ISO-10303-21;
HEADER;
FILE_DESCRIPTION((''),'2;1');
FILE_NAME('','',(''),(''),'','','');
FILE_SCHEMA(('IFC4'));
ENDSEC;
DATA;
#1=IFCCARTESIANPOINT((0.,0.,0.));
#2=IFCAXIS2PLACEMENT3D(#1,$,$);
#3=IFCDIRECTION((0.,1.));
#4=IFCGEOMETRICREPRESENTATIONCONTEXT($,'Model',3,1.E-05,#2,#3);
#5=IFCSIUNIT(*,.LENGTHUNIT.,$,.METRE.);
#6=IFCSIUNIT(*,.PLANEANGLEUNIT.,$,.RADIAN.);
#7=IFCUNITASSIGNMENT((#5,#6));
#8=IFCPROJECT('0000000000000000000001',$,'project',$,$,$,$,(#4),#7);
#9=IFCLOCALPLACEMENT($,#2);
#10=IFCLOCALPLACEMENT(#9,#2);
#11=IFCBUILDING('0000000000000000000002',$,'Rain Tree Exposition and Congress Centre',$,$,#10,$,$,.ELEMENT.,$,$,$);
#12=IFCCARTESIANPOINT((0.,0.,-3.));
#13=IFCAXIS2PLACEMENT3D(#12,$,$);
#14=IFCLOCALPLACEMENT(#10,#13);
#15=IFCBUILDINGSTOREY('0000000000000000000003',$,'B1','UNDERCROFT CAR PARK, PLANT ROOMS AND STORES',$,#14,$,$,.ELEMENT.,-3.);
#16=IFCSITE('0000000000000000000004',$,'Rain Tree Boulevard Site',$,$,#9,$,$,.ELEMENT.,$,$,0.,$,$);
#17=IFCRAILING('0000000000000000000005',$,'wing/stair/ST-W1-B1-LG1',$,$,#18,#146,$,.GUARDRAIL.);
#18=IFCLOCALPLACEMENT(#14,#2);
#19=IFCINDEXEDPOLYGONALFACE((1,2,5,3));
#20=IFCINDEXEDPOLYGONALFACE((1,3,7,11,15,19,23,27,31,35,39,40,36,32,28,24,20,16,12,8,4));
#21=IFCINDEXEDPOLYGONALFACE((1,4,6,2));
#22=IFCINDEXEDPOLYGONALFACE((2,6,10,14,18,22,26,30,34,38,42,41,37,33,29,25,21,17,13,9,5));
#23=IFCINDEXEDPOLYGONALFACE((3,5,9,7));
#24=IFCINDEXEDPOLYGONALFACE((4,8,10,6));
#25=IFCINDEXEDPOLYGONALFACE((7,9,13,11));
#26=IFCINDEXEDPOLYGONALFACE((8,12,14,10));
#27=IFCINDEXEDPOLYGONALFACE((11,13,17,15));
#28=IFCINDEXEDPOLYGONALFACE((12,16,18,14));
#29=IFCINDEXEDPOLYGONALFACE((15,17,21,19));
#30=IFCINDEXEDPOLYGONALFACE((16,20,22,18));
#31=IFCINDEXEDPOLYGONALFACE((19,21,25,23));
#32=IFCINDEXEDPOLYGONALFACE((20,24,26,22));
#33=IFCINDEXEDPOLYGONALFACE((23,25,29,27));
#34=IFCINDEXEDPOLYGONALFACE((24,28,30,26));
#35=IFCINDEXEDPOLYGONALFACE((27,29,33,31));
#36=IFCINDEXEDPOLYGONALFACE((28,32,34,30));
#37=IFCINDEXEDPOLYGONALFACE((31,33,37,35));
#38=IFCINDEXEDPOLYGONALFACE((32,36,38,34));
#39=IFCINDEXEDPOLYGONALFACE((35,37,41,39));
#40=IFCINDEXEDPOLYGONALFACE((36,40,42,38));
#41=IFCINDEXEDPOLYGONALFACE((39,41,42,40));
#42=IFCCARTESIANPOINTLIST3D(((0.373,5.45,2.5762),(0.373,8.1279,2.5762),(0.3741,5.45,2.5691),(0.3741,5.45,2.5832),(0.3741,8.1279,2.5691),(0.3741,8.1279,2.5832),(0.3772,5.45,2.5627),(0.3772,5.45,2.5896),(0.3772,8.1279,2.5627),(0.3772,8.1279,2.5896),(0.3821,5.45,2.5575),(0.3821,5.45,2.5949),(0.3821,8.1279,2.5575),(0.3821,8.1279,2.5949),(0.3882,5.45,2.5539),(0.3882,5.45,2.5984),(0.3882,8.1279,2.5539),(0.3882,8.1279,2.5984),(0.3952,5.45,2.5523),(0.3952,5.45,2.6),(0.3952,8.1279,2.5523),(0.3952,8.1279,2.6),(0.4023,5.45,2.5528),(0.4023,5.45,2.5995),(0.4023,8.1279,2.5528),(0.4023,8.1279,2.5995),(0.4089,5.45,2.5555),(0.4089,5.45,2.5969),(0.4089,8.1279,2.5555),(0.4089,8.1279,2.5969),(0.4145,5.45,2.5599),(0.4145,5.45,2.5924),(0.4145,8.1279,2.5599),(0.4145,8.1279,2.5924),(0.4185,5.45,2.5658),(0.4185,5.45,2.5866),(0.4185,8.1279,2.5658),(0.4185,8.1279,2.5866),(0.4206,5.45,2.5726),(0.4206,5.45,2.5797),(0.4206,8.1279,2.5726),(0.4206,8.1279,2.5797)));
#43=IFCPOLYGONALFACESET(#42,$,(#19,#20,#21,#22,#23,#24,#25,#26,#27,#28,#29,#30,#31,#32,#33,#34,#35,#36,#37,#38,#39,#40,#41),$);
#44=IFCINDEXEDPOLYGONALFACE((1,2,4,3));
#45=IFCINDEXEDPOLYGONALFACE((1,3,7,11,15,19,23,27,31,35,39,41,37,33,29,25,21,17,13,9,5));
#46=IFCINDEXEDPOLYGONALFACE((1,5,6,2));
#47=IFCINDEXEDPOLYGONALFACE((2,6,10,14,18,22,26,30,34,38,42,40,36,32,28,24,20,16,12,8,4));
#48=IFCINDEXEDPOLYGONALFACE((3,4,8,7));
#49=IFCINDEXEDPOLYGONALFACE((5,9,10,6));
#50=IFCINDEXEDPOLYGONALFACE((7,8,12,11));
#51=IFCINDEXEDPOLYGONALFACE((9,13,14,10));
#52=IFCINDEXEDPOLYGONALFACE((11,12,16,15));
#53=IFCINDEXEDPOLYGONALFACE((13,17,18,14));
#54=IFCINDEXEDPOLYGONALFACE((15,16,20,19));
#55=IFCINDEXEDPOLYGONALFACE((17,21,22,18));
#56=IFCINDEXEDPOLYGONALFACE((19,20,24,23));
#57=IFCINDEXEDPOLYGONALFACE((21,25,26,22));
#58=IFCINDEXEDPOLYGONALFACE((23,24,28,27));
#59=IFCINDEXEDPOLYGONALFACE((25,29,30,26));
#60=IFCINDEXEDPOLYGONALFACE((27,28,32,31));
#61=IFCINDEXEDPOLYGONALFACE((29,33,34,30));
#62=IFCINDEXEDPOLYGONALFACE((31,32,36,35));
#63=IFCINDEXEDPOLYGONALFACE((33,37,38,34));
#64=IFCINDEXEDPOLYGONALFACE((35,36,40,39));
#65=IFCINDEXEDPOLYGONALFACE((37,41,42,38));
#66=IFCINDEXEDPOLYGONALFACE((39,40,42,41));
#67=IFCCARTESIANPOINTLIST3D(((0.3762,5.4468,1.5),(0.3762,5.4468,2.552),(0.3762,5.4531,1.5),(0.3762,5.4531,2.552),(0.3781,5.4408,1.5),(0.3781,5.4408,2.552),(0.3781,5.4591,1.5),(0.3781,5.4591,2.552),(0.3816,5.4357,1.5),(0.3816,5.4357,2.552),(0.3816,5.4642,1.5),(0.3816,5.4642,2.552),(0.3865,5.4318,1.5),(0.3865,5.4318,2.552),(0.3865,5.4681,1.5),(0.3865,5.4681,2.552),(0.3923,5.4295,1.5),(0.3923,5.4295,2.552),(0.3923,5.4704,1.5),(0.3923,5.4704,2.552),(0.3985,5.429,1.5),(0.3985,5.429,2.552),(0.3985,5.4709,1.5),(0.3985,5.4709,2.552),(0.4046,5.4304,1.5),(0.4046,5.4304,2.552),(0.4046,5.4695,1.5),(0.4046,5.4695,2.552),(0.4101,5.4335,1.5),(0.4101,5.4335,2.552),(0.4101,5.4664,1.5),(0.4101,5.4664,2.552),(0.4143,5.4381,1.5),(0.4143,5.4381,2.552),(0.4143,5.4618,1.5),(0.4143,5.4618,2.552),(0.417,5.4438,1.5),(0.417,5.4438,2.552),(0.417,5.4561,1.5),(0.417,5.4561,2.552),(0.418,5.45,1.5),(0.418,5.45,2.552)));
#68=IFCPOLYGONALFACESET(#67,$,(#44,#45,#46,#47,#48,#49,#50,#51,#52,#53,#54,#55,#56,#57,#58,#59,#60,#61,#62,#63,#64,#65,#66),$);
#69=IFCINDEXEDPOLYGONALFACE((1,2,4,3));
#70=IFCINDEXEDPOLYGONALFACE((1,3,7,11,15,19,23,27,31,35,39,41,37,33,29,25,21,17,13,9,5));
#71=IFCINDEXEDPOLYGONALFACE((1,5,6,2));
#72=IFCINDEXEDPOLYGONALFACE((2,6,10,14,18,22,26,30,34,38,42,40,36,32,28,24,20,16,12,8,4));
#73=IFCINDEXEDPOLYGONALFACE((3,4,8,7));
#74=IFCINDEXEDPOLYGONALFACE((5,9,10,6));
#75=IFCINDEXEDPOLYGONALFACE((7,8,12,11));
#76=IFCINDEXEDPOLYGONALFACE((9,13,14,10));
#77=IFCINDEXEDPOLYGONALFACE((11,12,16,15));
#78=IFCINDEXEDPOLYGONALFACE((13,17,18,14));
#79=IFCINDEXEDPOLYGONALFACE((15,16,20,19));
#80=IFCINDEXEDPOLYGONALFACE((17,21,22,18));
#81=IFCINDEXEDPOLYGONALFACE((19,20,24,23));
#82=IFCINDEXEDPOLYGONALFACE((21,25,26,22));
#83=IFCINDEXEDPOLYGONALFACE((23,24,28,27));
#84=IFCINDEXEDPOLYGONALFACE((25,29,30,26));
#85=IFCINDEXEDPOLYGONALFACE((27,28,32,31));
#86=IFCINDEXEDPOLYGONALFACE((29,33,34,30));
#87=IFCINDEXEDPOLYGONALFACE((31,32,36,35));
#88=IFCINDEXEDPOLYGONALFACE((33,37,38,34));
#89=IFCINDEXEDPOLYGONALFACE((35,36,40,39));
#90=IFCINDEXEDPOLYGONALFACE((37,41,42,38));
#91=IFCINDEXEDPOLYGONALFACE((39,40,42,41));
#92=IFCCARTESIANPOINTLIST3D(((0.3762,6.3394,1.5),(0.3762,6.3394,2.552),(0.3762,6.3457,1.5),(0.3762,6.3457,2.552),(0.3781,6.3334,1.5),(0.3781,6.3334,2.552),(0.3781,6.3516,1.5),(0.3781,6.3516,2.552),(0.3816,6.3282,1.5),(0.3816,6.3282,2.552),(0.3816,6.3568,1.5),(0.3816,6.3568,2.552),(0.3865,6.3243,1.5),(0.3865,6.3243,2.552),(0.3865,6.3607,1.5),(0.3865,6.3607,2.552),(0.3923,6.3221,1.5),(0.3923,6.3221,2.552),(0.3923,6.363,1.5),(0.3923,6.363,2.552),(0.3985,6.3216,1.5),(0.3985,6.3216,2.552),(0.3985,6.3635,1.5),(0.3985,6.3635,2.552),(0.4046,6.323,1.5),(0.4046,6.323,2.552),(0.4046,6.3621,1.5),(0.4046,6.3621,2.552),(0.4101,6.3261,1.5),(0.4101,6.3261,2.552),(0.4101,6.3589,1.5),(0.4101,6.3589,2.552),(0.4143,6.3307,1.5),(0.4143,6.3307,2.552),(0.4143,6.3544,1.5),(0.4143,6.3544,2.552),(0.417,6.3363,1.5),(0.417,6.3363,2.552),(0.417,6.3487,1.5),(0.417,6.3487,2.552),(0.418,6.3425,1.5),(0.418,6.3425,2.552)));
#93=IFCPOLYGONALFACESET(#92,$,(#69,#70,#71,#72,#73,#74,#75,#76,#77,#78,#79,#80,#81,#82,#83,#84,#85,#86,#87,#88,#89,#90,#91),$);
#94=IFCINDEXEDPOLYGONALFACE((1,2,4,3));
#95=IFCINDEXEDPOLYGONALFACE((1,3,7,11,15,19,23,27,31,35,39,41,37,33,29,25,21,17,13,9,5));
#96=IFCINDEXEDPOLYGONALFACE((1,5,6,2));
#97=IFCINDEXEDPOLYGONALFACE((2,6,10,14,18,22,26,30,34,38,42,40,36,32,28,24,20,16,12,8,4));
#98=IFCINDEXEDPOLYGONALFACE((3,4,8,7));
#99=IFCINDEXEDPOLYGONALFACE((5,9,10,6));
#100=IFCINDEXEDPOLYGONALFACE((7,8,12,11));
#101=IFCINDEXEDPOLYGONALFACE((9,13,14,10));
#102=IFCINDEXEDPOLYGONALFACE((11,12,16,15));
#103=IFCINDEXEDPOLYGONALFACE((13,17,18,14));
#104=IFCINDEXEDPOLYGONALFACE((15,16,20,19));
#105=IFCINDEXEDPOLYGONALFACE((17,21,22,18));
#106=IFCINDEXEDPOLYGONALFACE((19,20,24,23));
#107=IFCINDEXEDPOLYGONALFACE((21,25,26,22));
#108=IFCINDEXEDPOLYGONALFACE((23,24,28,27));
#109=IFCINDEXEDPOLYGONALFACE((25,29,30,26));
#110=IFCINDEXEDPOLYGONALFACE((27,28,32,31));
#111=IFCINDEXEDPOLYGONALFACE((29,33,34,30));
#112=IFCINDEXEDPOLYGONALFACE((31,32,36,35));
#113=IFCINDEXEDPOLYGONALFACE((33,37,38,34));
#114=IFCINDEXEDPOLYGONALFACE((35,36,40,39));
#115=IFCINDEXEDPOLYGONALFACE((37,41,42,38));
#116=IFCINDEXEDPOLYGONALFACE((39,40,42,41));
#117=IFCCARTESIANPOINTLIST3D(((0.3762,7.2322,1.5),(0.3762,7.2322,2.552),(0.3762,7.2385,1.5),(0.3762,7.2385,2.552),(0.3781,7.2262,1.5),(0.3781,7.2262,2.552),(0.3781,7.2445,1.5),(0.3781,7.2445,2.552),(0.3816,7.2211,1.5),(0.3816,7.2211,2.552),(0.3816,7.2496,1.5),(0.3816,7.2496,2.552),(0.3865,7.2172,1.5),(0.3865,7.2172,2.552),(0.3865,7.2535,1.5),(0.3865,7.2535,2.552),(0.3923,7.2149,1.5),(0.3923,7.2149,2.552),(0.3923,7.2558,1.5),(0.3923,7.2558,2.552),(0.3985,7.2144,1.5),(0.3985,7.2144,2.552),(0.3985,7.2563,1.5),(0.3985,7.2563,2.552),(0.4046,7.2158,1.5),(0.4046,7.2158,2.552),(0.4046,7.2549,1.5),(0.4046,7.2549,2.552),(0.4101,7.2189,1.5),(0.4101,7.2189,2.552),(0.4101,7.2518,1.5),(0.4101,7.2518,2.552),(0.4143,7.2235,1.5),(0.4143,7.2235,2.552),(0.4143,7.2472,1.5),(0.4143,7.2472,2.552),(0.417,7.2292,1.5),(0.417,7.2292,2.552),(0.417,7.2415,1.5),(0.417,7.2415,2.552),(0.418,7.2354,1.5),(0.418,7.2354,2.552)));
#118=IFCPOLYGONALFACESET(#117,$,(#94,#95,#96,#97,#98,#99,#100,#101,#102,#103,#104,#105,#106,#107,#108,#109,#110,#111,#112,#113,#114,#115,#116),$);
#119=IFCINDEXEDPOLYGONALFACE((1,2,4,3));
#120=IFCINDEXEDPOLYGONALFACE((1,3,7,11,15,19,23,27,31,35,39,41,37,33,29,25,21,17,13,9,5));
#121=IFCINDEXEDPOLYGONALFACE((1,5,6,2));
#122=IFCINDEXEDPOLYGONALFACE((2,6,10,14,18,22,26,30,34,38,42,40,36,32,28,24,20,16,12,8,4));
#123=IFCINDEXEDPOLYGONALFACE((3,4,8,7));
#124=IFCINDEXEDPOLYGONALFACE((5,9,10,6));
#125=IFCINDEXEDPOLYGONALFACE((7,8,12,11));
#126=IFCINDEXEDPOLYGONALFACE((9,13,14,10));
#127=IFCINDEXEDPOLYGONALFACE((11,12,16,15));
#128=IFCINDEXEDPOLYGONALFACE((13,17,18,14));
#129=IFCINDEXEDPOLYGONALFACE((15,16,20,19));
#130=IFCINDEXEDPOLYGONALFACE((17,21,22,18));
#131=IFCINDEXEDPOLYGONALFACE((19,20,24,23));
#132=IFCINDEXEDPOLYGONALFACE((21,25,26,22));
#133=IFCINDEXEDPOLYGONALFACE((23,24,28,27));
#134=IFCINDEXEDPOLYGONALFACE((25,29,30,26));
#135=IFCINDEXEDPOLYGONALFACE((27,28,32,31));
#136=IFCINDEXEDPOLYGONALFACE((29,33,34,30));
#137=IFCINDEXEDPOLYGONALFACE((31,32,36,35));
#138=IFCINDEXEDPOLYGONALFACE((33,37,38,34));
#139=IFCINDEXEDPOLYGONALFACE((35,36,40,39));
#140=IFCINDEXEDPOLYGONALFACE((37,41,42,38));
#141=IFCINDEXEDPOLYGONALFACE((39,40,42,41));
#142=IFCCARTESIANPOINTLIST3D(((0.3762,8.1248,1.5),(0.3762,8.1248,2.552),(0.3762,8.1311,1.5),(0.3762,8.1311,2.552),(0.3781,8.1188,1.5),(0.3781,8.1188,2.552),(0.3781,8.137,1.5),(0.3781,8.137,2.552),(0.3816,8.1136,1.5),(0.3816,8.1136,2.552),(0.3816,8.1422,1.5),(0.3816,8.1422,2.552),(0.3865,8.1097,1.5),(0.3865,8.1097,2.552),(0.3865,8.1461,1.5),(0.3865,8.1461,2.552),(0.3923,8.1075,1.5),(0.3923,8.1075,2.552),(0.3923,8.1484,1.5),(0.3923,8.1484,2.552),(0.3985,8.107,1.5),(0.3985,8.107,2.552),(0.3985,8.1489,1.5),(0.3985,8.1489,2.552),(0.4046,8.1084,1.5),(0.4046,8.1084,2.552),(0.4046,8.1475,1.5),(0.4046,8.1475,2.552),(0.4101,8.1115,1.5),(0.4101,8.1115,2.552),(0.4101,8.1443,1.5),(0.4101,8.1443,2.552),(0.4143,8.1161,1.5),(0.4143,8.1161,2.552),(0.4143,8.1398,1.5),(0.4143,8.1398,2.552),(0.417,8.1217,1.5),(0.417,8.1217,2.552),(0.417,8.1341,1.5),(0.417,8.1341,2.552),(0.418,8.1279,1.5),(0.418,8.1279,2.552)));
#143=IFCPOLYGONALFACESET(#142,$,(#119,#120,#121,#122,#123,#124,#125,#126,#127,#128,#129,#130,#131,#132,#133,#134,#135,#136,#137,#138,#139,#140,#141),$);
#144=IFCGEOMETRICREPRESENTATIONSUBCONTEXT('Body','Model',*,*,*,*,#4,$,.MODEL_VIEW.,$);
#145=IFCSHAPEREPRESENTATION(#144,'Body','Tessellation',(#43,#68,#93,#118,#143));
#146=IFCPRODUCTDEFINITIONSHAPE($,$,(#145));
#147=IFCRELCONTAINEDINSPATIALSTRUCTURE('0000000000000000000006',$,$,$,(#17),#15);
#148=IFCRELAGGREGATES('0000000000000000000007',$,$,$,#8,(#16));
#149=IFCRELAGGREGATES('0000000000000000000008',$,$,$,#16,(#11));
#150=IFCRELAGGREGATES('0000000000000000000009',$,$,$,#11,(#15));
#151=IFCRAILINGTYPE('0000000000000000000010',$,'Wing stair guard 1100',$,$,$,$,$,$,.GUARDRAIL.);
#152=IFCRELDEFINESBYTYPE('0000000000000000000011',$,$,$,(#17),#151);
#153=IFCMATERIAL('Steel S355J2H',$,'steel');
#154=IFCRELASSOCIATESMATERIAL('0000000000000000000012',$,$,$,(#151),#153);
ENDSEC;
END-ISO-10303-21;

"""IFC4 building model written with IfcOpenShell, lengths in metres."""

from ifc_helpers import new_model, si_unit, direction, frame, origin, origin_2d, place, context, subcontext, project, spatial, circle, extrude, material, type_object, element, save


model = new_model("IFC4")

# Units and contexts
model_context = context("Model", 3, precision=1e-05, world=origin(), true_north=direction((0.0, 1.0)))
body_context = subcontext(model_context, "Body", "Model", "MODEL_VIEW")
ifc_project = project(units=[si_unit("LENGTHUNIT", "METRE"), si_unit("PLANEANGLEUNIT", "RADIAN")], contexts=[model_context])

# Site, building, storey
site_placement = place(None, origin())
site = spatial("IfcSite", under=ifc_project, at=site_placement, Name="Rain Tree Boulevard Site", CompositionType="ELEMENT", RefElevation=0.0)
building_placement = place(site_placement, origin())
building = spatial("IfcBuilding", under=site, at=building_placement, Name="Rain Tree Exposition and Congress Centre", CompositionType="ELEMENT")
storey_placement = place(building_placement, frame((0.0, 0.0, -3.0)))
storey = spatial("IfcBuildingStorey", under=building, at=storey_placement, Name="B1", Description="UNDERCROFT CAR PARK, PLANT ROOMS AND STORES", CompositionType="ELEMENT", Elevation=-3.0)

# Railing
ifc_material_1 = material(Name="Steel S355J2H", Category="steel")
railing_type = type_object("IfcRailingType", Name="Wing stair guard 1100", PredefinedType="GUARDRAIL", material=ifc_material_1)
railing_placement = place(storey_placement, frame((0.397, 5.45, 1.5)))
element("IfcRailing", 1, at=railing_placement, inside=storey, type_object=railing_type, Name="wing/stair/ST-W1-B1-LG1", PredefinedType="GUARDRAIL", context=body_context, shape_type="SweptSolid", body=[
    extrude(circle(Radius=0.0239, at=origin_2d()), frame((0.0, 0.0, 1.0762), z_axis=(0.0, 1.0, 0.0), x_axis=(-1.0, 0.0, 0.0)), (0.0, 0.0, 1.0), 2.678),
    extrude(circle(Radius=0.021, at=origin_2d()), origin(), (0.0, 0.0, 1.0), 1.052),
    extrude(circle(Radius=0.021, at=origin_2d()), frame((0.0, 0.8926, 0.0)), (0.0, 0.0, 1.0), 1.052),
    extrude(circle(Radius=0.021, at=origin_2d()), frame((0.0, 1.7854, 0.0)), (0.0, 0.0, 1.0), 1.052),
    extrude(circle(Radius=0.021, at=origin_2d()), frame((0.0, 2.678, 0.0)), (0.0, 0.0, 1.0), 1.052),
])

save(model, "model.ifc")
